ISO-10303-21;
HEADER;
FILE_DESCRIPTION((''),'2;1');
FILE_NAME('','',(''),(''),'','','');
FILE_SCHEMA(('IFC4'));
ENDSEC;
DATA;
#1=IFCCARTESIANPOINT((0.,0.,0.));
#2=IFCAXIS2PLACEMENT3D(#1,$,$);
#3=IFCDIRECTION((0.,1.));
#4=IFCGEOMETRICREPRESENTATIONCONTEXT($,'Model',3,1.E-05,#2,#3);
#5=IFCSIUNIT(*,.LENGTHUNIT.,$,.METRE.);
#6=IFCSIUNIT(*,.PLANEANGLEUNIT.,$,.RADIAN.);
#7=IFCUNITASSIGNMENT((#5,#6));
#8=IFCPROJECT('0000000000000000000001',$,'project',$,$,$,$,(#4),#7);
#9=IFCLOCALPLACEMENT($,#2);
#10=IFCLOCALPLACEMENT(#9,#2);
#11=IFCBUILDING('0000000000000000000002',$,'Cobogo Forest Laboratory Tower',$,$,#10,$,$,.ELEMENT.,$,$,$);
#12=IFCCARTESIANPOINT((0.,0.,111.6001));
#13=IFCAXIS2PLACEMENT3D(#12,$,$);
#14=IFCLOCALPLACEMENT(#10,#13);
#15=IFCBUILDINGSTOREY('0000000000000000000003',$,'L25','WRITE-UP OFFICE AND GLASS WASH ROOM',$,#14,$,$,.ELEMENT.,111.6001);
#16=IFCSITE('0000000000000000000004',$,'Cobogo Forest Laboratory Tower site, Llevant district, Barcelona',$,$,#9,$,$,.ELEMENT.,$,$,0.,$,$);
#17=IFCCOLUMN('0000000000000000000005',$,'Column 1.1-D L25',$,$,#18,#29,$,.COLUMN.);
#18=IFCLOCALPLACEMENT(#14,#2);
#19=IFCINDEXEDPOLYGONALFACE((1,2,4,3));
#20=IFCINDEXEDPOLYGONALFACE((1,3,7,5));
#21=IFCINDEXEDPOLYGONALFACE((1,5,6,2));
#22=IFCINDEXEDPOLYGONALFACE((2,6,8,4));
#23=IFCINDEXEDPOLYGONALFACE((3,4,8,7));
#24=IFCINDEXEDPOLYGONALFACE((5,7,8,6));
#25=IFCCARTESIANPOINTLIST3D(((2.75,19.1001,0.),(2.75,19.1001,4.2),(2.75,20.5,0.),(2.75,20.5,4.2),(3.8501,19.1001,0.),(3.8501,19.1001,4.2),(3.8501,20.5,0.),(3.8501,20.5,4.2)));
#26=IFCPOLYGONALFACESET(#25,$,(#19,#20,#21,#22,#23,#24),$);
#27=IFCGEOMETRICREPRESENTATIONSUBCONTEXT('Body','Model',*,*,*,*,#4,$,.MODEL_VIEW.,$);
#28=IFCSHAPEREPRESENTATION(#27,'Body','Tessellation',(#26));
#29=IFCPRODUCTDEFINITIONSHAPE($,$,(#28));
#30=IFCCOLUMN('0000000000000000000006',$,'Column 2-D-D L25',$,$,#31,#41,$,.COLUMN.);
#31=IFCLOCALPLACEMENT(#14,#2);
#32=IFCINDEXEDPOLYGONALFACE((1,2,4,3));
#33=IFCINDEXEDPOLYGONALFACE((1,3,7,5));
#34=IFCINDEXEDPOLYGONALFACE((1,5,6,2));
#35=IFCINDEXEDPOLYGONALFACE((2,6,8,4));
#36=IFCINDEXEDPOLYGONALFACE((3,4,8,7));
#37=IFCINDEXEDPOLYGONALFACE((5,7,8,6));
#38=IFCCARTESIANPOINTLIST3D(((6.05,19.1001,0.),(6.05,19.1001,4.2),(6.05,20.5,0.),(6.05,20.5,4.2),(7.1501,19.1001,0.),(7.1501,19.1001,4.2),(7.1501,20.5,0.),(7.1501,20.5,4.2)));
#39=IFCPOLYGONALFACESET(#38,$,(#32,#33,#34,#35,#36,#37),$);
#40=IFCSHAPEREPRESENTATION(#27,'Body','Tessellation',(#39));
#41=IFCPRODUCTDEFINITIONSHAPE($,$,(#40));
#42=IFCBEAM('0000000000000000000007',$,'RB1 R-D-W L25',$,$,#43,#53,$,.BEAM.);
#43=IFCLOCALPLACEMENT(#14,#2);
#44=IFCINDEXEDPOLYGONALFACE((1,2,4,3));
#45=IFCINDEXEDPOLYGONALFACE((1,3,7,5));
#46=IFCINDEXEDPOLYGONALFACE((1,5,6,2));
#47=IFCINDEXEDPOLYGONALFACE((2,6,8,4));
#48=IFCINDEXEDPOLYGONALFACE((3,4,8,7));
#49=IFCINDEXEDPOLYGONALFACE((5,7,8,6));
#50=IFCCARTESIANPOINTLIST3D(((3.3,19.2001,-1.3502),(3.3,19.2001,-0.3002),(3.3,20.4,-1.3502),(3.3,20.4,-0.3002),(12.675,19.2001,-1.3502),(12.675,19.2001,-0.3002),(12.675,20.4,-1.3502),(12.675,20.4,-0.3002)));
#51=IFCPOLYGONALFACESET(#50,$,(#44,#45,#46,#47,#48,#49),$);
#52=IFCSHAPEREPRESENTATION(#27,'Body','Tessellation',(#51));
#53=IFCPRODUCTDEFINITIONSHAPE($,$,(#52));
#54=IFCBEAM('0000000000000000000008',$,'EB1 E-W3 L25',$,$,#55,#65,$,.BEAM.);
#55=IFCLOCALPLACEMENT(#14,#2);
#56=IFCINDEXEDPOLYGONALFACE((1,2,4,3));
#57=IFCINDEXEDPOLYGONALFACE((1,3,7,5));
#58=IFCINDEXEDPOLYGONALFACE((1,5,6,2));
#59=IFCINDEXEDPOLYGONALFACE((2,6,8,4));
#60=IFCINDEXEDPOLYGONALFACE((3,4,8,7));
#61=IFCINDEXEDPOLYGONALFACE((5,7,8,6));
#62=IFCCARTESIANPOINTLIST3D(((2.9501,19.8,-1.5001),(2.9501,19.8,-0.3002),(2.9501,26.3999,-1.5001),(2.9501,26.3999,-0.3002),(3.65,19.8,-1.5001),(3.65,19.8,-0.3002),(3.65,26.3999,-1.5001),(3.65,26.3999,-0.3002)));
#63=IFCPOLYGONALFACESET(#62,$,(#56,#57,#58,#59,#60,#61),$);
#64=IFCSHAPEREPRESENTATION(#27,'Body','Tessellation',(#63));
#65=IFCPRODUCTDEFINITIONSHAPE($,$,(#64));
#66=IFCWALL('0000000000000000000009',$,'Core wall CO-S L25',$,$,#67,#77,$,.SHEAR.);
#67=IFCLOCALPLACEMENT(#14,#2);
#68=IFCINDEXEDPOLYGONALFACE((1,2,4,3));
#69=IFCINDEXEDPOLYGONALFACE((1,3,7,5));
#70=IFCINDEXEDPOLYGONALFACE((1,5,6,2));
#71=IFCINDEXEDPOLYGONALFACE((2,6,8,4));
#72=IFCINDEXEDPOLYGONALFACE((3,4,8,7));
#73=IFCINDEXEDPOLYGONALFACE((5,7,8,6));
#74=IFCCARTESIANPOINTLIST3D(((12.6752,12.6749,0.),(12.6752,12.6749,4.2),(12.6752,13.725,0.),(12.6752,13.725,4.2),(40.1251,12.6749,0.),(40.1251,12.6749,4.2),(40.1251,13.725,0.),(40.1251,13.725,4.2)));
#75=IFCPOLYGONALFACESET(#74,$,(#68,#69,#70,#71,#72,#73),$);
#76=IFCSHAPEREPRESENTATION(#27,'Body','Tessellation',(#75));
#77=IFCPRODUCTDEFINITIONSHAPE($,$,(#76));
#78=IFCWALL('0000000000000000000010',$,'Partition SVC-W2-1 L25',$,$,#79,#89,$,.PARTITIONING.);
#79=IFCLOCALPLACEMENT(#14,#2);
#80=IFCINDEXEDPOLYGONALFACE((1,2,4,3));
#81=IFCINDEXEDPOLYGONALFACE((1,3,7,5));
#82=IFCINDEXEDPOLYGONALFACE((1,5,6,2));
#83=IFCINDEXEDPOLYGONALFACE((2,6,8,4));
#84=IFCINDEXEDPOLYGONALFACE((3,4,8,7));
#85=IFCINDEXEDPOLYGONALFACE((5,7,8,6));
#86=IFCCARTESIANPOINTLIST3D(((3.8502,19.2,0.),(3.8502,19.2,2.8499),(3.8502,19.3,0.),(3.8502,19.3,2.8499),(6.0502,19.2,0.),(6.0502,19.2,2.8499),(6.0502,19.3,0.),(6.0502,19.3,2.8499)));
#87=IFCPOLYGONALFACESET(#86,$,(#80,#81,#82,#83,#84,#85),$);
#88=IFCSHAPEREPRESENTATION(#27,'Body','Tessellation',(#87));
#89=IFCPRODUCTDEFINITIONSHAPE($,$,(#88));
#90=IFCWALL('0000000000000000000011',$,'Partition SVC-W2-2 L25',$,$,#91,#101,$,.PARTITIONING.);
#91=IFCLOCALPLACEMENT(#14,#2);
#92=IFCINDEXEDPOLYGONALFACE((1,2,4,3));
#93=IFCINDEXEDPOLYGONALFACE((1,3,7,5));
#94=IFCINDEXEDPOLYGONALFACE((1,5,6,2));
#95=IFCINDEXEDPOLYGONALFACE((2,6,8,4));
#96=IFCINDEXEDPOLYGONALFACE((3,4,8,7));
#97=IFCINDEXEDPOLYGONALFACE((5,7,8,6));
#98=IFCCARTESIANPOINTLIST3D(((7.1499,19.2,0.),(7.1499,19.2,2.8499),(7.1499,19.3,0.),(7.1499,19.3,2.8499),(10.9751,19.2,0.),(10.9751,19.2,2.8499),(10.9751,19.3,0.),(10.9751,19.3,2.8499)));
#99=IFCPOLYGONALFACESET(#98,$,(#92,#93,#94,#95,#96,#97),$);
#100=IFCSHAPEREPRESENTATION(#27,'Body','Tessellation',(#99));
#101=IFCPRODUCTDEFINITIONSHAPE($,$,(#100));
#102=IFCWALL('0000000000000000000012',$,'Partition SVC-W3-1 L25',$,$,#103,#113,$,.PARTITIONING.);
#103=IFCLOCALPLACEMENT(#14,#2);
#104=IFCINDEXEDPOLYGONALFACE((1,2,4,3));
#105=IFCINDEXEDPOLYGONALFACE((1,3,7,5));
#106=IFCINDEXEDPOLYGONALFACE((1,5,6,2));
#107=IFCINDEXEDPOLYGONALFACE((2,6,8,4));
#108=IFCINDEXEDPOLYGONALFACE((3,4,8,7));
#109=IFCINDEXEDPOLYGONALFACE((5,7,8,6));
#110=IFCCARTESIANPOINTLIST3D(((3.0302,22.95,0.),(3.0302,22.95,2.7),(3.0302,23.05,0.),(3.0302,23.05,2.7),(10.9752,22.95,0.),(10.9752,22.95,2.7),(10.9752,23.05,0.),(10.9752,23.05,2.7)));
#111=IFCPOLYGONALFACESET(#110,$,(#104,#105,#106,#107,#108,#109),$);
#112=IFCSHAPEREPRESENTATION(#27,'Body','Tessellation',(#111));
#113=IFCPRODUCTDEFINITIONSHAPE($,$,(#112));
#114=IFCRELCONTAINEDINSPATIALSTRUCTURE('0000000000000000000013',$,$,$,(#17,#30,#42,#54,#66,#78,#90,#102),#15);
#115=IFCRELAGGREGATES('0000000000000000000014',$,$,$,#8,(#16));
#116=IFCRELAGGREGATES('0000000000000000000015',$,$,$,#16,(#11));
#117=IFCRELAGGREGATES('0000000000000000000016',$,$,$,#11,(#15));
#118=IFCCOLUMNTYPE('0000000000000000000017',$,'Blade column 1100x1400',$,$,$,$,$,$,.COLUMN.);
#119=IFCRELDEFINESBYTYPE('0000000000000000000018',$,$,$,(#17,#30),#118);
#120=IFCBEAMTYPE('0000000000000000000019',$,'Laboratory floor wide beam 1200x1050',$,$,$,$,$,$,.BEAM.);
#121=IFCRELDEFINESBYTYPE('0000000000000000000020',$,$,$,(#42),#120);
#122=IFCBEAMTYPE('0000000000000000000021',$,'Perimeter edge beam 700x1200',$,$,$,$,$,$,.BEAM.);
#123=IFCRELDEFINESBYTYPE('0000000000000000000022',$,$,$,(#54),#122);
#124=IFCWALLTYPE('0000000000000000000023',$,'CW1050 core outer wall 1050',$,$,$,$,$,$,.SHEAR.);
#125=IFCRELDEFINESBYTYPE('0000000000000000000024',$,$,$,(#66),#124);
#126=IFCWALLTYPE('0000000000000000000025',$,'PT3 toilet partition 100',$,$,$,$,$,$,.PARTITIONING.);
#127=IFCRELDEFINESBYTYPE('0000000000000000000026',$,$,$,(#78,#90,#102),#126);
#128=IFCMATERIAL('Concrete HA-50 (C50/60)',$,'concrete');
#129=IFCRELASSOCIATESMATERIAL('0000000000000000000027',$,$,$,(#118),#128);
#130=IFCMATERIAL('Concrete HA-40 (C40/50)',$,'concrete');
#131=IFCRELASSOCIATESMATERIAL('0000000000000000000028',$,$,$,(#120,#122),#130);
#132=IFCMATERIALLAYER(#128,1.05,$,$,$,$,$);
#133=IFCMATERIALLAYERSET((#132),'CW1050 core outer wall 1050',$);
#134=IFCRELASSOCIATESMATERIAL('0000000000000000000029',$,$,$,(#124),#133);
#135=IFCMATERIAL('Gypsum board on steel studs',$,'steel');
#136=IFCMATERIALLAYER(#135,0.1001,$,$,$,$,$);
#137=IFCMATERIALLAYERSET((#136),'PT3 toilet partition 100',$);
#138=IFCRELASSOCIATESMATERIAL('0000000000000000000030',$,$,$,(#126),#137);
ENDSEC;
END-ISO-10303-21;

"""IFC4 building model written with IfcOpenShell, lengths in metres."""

from ifc_helpers import new_model, si_unit, direction, frame, frame_2d, origin, origin_2d, place, context, subcontext, project, spatial, rectangle, extrude, material, layer, layer_set, material_profile, profile_set, type_object, element, save


model = new_model("IFC4")

# Units and contexts
model_context = context("Model", 3, precision=1e-05, world=origin(), true_north=direction((0.0, 1.0)))
body_context = subcontext(model_context, "Body", "Model", "MODEL_VIEW")
ifc_project = project(units=[si_unit("LENGTHUNIT", "METRE"), si_unit("PLANEANGLEUNIT", "RADIAN")], contexts=[model_context])

# Site, building, storey
site_placement = place(None, origin())
site = spatial("IfcSite", under=ifc_project, at=site_placement, Name="Cobogo Forest Laboratory Tower site, Llevant district, Barcelona", CompositionType="ELEMENT", RefElevation=0.0)
building_placement = place(site_placement, origin())
building = spatial("IfcBuilding", under=site, at=building_placement, Name="Cobogo Forest Laboratory Tower", CompositionType="ELEMENT")
storey_placement = place(building_placement, frame((0.0, 0.0, 111.6001)))
storey = spatial("IfcBuildingStorey", under=building, at=storey_placement, Name="L25", Description="WRITE-UP OFFICE AND GLASS WASH ROOM", CompositionType="ELEMENT", Elevation=111.6001)

# Columns
ifc_material_1 = material(Name="Concrete HA-50 (C50/60)", Category="concrete")
ifc_material_profile_1 = material_profile(ifc_material_1, rectangle(XDim=1.3999, YDim=1.1001, at=origin_2d()), Name="RC 1100x1400")
ifc_profile_set_1 = profile_set([ifc_material_profile_1], Name="Concrete HA-50 (C50/60)")
column_type = type_object("IfcColumnType", Name="Blade column 1100x1400", PredefinedType="COLUMN", material=ifc_profile_set_1)
for number, where, z_axis, x_axis, name in (
    (1, (3.3, 19.8, 0.0), (0.0, 0.0, 1.0), (0.0, 1.0, 0.0), "Column 1.1-D L25"),
    (2, (6.6001, 19.8, 0.0), (0.0, 0.0, 1.0), (0.0, 1.0, 0.0), "Column 2-D-D L25"),
):
    element("IfcColumn", number, at=place(storey_placement, frame(where, z_axis=z_axis, x_axis=x_axis)), inside=storey, type_object=column_type, Name=name, PredefinedType="COLUMN", context=body_context, shape_type="SweptSolid", body=[
        extrude(rectangle(XDim=1.3999, YDim=1.1001, at=origin_2d()), origin(), (0.0, 0.0, 1.0), 4.2),
    ])

# Beams
ifc_material_2 = material(Name="Concrete HA-40 (C40/50)", Category="concrete")
ifc_material_profile_2 = material_profile(ifc_material_2, rectangle(XDim=1.2, YDim=1.05, at=origin_2d()), Name="RC 1200x1050")
ifc_profile_set_2 = profile_set([ifc_material_profile_2], Name="Concrete HA-40 (C40/50)")
beam_type_1 = type_object("IfcBeamType", Name="Laboratory floor wide beam 1200x1050", PredefinedType="BEAM", material=ifc_profile_set_2)
beam_1_placement = place(storey_placement, frame((12.675, 19.8, -0.8252), z_axis=(-1.0, 0.0, 0.0), x_axis=(0.0, -1.0, 0.0)))
element("IfcBeam", 3, at=beam_1_placement, inside=storey, type_object=beam_type_1, Name="RB1 R-D-W L25", PredefinedType="BEAM", context=body_context, shape_type="SweptSolid", body=[
    extrude(rectangle(XDim=1.2, YDim=1.05, at=origin_2d()), origin(), (0.0, 0.0, 1.0), 9.375),
])
ifc_material_profile_3 = material_profile(ifc_material_2, rectangle(XDim=0.7, YDim=1.2, at=origin_2d()), Name="RC 700x1200")
ifc_profile_set_3 = profile_set([ifc_material_profile_3], Name="Concrete HA-40 (C40/50)")
beam_type_2 = type_object("IfcBeamType", Name="Perimeter edge beam 700x1200", PredefinedType="BEAM", material=ifc_profile_set_3)
beam_2_placement = place(storey_placement, frame((3.3, 19.8, -0.9001), z_axis=(0.0, 1.0, 0.0), x_axis=(-1.0, 0.0, 0.0)))
element("IfcBeam", 4, at=beam_2_placement, inside=storey, type_object=beam_type_2, Name="EB1 E-W3 L25", PredefinedType="BEAM", context=body_context, shape_type="SweptSolid", body=[
    extrude(rectangle(XDim=0.7, YDim=1.2, at=origin_2d()), origin(), (0.0, 0.0, 1.0), 6.5999),
])

# Walls
ifc_layer_1 = layer(ifc_material_1, 1.05)
ifc_layer_set_1 = layer_set([ifc_layer_1], Name="CW1050 core outer wall 1050")
wall_type_1 = type_object("IfcWallType", Name="CW1050 core outer wall 1050", PredefinedType="SHEAR", material=ifc_layer_set_1)
wall_1_placement = place(storey_placement, frame((12.675, 13.2, 0.0), z_axis=(0.0, 0.0, 1.0), x_axis=(1.0, 0.0, 0.0)))
element("IfcWall", 5, at=wall_1_placement, inside=storey, type_object=wall_type_1, Name="Core wall CO-S L25", PredefinedType="SHEAR", context=body_context, shape_type="SweptSolid", body=[
    extrude(rectangle(XDim=27.45, YDim=1.05, at=frame_2d((13.7251, 0.0))), origin(), (0.0, 0.0, 1.0), 4.2),
])
ifc_material_3 = material(Name="Gypsum board on steel studs", Category="steel")
ifc_layer_2 = layer(ifc_material_3, 0.1001)
ifc_layer_set_2 = layer_set([ifc_layer_2], Name="PT3 toilet partition 100")
wall_type_2 = type_object("IfcWallType", Name="PT3 toilet partition 100", PredefinedType="PARTITIONING", material=ifc_layer_set_2)
wall_2_placement = place(storey_placement, frame((3.8501, 19.25, 0.0), z_axis=(0.0, 0.0, 1.0), x_axis=(1.0, 0.0, 0.0)))
element("IfcWall", 6, at=wall_2_placement, inside=storey, type_object=wall_type_2, Name="Partition SVC-W2-1 L25", PredefinedType="PARTITIONING", context=body_context, shape_type="SweptSolid", body=[
    extrude(rectangle(XDim=2.2, YDim=0.1001, at=frame_2d((1.1001, 0.0))), origin(), (0.0, 0.0, 1.0), 2.8499),
])
wall_3_placement = place(storey_placement, frame((7.1499, 19.25, 0.0), z_axis=(0.0, 0.0, 1.0), x_axis=(1.0, 0.0, 0.0)))
element("IfcWall", 7, at=wall_3_placement, inside=storey, type_object=wall_type_2, Name="Partition SVC-W2-2 L25", PredefinedType="PARTITIONING", context=body_context, shape_type="SweptSolid", body=[
    extrude(rectangle(XDim=3.8252, YDim=0.1001, at=frame_2d((1.9126, 0.0))), origin(), (0.0, 0.0, 1.0), 2.8499),
])
wall_4_placement = place(storey_placement, frame((3.03, 23.0, 0.0), z_axis=(0.0, 0.0, 1.0), x_axis=(1.0, 0.0, 0.0)))
element("IfcWall", 8, at=wall_4_placement, inside=storey, type_object=wall_type_2, Name="Partition SVC-W3-1 L25", PredefinedType="PARTITIONING", context=body_context, shape_type="SweptSolid", body=[
    extrude(rectangle(XDim=7.9451, YDim=0.1001, at=frame_2d((3.9727, 0.0))), origin(), (0.0, 0.0, 1.0), 2.7),
])

save(model, "model.ifc")
